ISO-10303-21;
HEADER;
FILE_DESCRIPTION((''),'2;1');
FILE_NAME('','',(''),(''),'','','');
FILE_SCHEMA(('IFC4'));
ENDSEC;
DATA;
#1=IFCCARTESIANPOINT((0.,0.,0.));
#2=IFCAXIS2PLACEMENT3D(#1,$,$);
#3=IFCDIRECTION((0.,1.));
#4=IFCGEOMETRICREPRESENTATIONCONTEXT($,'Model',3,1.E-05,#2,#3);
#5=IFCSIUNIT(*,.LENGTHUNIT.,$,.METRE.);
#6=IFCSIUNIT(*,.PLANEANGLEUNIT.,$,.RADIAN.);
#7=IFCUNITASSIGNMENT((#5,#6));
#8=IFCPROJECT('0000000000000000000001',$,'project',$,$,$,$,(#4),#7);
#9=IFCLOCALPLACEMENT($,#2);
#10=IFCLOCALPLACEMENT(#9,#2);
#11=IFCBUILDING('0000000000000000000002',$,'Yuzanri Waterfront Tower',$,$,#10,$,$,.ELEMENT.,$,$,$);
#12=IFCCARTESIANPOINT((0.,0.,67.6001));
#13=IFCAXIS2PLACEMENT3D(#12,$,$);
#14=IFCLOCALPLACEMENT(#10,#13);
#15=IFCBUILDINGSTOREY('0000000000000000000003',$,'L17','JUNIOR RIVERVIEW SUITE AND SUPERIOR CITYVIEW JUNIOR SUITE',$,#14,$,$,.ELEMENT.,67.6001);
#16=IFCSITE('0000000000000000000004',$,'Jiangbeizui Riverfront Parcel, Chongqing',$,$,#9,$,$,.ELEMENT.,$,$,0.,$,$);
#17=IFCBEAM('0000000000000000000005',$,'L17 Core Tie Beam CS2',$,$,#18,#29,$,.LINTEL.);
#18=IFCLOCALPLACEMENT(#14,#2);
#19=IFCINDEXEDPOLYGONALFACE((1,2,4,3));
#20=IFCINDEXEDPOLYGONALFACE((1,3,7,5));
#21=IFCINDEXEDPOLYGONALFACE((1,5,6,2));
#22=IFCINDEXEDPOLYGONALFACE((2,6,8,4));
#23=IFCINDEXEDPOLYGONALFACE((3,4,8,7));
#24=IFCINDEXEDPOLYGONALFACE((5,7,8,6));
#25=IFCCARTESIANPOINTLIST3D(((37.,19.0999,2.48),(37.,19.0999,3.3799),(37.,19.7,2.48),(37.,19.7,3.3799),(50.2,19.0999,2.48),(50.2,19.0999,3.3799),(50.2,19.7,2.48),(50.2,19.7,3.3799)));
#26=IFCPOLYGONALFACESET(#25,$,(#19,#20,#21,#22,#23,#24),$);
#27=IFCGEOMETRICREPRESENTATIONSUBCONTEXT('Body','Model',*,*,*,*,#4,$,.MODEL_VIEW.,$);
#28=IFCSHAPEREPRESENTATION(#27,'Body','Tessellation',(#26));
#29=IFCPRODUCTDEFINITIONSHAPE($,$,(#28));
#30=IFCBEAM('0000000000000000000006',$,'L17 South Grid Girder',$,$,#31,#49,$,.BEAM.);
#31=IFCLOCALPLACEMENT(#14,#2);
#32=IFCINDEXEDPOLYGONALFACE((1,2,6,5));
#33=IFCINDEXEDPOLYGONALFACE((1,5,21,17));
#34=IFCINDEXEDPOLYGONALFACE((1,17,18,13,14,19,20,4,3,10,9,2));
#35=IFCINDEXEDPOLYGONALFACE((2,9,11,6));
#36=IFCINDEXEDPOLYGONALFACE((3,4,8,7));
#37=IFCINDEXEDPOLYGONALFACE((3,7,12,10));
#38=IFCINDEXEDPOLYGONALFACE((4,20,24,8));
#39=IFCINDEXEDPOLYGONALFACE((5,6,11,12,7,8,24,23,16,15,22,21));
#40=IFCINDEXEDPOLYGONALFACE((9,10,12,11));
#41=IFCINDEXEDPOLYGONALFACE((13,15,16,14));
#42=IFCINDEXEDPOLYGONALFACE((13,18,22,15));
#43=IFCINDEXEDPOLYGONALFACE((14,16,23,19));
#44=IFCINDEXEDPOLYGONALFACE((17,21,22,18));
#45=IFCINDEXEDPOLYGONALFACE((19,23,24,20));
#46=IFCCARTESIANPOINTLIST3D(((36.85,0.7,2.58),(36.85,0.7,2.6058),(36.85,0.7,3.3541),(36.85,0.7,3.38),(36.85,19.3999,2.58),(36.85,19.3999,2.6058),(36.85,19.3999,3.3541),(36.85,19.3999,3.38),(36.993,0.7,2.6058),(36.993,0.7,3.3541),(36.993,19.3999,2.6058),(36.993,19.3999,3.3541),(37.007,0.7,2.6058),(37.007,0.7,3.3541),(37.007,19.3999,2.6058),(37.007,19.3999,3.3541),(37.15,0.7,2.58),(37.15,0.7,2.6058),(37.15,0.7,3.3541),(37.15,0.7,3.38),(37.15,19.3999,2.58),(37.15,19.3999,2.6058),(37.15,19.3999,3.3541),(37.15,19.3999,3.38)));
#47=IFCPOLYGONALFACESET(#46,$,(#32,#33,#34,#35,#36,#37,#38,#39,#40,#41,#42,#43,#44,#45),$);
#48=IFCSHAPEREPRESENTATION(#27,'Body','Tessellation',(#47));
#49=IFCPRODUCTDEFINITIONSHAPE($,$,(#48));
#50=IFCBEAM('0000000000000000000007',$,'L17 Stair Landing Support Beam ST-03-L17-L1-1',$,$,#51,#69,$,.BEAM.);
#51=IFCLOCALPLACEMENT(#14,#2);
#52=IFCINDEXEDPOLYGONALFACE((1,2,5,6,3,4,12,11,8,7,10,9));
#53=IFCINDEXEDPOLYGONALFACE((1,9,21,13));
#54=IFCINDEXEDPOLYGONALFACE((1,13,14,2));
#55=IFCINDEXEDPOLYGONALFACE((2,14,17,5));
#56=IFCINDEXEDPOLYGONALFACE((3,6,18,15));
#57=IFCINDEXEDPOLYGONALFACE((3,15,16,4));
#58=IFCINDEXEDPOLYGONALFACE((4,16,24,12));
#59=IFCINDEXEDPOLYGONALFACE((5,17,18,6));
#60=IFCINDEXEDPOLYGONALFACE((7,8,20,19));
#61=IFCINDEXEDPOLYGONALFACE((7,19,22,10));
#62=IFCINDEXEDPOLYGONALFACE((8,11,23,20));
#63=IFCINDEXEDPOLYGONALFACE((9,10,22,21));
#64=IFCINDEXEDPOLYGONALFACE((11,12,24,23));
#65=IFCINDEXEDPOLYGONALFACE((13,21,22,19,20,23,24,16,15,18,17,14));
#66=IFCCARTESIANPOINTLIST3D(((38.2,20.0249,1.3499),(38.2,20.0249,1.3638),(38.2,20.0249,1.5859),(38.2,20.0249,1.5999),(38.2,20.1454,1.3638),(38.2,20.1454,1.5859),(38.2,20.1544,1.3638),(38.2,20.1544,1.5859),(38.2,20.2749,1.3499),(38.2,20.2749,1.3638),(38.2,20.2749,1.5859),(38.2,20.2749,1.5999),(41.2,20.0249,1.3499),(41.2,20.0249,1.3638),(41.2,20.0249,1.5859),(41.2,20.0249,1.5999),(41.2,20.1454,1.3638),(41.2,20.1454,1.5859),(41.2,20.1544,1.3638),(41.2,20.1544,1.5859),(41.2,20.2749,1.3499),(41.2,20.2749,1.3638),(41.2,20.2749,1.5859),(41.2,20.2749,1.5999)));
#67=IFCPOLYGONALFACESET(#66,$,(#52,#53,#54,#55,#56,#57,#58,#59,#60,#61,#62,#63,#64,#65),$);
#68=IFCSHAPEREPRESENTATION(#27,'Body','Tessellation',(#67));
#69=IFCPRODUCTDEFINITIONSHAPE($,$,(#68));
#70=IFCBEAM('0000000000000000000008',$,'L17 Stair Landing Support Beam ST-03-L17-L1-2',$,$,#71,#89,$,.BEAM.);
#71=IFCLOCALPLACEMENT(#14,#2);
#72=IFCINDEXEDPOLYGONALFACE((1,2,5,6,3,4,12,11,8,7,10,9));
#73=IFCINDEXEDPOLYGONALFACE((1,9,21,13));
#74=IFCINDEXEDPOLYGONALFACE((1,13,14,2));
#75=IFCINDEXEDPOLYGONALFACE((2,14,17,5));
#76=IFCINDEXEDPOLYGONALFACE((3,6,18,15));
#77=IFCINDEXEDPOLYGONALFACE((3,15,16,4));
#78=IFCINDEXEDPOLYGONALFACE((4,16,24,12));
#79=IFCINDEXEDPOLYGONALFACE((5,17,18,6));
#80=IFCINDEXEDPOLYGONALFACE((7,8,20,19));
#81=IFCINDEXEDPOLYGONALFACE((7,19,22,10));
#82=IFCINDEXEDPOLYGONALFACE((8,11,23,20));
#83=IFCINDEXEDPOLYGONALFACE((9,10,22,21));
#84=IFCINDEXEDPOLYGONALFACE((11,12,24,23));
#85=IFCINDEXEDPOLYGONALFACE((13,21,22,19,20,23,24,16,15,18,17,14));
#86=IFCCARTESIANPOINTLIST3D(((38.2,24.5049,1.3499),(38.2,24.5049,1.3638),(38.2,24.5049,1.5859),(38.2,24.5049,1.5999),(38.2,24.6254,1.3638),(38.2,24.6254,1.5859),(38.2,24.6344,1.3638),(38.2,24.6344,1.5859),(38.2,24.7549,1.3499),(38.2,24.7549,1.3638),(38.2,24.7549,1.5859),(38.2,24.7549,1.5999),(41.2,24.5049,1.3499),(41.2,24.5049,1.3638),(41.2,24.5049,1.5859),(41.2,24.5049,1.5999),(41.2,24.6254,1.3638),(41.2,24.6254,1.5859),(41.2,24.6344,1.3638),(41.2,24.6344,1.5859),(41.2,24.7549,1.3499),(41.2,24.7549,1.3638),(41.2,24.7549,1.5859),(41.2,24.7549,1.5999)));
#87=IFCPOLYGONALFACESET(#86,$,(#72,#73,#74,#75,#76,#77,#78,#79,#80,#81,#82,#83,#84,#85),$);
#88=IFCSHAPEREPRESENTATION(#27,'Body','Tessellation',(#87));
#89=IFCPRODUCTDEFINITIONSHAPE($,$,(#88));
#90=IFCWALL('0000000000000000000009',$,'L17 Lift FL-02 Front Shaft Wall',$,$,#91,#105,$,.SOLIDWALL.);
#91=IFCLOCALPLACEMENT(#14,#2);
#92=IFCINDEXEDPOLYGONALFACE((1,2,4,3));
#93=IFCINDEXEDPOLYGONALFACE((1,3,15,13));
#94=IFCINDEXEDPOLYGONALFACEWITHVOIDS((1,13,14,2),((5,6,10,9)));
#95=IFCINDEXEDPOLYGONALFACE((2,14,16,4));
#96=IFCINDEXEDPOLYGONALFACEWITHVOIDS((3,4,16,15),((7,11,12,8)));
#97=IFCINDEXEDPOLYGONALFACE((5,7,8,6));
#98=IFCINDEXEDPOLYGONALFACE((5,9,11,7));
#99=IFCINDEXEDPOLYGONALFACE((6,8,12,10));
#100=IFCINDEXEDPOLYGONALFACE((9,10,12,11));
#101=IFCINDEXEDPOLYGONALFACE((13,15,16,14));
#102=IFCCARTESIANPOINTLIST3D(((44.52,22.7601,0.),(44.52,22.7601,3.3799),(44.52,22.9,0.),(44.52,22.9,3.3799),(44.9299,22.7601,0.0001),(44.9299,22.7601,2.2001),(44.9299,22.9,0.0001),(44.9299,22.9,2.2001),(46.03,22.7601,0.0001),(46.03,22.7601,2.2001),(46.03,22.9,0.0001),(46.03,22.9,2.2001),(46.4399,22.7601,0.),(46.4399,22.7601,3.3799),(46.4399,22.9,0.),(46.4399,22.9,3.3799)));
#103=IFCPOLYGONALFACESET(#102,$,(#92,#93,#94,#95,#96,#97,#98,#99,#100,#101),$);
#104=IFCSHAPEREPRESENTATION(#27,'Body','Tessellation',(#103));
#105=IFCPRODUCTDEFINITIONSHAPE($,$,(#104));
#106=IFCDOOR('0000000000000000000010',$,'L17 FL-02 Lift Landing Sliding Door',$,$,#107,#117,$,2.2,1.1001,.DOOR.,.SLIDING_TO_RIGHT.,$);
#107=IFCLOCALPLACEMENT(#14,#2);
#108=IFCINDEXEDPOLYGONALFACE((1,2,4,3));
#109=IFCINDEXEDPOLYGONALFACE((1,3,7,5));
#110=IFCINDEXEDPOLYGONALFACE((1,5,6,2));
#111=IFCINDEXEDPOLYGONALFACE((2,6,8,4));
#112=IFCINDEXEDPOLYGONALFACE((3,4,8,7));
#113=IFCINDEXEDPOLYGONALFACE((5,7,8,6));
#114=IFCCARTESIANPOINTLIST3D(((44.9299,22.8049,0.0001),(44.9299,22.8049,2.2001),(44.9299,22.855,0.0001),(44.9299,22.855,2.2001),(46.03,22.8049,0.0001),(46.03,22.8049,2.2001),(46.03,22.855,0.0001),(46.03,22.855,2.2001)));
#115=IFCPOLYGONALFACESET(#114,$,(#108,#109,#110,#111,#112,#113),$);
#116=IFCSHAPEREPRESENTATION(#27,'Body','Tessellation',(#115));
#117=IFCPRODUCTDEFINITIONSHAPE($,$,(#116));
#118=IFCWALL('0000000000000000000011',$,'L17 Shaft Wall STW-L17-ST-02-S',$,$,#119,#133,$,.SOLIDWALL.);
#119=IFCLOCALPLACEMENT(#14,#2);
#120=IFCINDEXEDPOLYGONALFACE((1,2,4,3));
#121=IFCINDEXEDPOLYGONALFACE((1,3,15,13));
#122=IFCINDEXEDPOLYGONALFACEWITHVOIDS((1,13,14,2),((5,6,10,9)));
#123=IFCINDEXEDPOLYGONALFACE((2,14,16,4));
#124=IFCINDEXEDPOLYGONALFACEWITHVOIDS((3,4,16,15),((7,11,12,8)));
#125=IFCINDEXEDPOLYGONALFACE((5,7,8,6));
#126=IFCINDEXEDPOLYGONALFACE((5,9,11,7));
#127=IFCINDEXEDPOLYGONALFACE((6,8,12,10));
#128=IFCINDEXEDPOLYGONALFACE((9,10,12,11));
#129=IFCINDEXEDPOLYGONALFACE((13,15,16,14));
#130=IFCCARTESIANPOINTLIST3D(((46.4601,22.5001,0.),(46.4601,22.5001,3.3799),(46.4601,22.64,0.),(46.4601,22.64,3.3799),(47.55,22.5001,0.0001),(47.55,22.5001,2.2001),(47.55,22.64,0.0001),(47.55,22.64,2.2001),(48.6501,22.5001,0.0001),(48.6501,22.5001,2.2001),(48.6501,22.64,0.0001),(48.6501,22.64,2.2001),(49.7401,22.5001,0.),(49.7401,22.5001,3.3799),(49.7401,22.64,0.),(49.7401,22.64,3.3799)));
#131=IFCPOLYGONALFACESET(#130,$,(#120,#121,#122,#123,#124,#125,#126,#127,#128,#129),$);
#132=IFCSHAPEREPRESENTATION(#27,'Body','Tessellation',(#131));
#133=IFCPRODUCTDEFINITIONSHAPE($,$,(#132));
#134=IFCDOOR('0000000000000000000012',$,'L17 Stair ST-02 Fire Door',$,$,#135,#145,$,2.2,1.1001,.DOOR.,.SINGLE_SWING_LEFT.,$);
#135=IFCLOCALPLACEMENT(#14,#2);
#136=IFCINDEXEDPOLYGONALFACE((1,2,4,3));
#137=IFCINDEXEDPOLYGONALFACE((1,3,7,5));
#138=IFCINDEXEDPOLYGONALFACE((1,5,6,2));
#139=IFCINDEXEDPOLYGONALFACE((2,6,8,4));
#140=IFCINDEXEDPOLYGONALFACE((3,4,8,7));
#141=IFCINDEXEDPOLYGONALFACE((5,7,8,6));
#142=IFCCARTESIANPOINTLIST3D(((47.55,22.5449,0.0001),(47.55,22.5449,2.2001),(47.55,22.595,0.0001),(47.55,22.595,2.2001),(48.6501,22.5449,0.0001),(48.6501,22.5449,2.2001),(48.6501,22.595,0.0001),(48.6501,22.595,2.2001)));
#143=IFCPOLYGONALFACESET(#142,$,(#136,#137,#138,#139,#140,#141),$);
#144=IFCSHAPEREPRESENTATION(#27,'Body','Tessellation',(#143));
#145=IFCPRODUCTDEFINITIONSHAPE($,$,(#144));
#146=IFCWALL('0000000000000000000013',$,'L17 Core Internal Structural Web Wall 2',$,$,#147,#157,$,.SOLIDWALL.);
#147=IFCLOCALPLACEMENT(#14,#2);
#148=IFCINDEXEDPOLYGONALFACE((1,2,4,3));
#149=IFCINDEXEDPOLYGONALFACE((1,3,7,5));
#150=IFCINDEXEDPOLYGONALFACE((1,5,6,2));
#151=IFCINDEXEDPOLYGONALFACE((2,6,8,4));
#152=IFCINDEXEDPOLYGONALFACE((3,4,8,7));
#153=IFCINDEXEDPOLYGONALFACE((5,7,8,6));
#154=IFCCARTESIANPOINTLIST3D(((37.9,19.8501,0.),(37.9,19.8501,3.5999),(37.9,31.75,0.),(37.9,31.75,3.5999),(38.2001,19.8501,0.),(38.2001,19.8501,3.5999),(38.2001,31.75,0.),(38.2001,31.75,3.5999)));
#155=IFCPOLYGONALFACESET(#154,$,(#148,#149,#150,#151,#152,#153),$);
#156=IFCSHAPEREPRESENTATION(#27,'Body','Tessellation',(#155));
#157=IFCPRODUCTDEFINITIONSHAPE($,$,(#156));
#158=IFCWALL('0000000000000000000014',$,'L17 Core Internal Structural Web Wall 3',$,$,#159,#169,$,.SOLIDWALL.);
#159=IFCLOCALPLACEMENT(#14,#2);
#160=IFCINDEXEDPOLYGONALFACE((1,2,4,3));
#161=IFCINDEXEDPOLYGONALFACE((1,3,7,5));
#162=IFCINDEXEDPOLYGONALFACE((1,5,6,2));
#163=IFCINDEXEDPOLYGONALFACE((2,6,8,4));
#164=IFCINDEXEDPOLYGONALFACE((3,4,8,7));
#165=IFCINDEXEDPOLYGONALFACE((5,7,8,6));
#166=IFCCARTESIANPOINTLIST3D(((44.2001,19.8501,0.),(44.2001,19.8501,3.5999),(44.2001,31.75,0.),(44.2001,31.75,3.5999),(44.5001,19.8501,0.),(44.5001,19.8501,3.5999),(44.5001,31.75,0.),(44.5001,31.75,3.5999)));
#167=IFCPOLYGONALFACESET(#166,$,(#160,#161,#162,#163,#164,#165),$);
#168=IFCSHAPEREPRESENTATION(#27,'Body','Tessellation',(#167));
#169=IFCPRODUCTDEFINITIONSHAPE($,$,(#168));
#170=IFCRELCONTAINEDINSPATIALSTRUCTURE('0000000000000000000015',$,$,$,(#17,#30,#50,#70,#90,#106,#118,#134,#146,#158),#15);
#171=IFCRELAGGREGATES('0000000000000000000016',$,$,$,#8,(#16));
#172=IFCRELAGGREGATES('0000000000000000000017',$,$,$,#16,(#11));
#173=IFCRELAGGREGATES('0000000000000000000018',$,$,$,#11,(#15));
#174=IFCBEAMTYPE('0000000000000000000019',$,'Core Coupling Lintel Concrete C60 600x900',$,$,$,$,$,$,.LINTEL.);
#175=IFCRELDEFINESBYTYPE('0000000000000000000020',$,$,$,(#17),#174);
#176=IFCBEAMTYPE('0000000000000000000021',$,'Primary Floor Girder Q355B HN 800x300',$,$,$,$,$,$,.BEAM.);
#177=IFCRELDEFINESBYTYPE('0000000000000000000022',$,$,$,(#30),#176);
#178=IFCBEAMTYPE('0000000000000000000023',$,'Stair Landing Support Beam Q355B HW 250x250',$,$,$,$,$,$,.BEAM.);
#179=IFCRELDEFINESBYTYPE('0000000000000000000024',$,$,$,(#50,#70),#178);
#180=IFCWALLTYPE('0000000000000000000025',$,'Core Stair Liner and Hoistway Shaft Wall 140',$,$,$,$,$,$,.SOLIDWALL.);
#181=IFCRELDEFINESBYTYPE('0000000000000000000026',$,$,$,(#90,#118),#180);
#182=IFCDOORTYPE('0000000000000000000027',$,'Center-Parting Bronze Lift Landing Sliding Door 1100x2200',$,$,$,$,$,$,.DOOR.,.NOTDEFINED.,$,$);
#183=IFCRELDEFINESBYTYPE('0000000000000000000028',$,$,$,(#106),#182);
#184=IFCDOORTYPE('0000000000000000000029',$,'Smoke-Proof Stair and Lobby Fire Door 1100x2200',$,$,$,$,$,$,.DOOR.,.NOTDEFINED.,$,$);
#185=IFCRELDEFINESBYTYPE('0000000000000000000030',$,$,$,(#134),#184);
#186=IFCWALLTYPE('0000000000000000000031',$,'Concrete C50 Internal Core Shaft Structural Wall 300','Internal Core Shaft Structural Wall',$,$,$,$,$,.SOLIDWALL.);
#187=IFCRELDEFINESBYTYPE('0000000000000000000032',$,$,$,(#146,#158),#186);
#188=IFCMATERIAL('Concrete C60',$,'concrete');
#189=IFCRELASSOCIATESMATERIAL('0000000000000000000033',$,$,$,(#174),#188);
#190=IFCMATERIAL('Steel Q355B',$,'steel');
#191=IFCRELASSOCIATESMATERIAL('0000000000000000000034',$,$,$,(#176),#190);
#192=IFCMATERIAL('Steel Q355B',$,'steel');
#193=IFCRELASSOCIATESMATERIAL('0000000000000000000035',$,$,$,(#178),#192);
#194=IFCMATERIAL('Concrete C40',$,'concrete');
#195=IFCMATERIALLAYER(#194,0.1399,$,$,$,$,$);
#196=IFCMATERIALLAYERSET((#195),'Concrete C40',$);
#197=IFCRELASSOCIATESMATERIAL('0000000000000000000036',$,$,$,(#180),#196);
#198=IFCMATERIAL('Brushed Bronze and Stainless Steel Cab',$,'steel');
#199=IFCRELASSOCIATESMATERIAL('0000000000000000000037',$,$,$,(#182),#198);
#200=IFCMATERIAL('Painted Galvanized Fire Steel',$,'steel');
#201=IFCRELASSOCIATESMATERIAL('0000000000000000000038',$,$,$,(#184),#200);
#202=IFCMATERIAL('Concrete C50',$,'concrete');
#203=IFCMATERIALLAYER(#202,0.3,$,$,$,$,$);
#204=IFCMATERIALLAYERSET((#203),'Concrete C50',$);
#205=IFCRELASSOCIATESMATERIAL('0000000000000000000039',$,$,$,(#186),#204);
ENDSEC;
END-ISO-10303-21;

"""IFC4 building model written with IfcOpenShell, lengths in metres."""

from ifc_helpers import new_model, si_unit, direction, frame, frame_2d, origin, origin_2d, place, context, subcontext, project, spatial, rectangle, i_section, extrude, source, transform, mapped, material, layer, layer_set, material_profile, profile_set, type_object, element, fill, save


model = new_model("IFC4")

# Units and contexts
model_context = context("Model", 3, precision=1e-05, world=origin(), true_north=direction((0.0, 1.0)))
body_context = subcontext(model_context, "Body", "Model", "MODEL_VIEW")
ifc_project = project(units=[si_unit("LENGTHUNIT", "METRE"), si_unit("PLANEANGLEUNIT", "RADIAN")], contexts=[model_context])

# Site, building, storey
site_placement = place(None, origin())
site = spatial("IfcSite", under=ifc_project, at=site_placement, Name="Jiangbeizui Riverfront Parcel, Chongqing", CompositionType="ELEMENT", RefElevation=0.0)
building_placement = place(site_placement, origin())
building = spatial("IfcBuilding", under=site, at=building_placement, Name="Yuzanri Waterfront Tower", CompositionType="ELEMENT")
storey_placement = place(building_placement, frame((0.0, 0.0, 67.6001)))
storey = spatial("IfcBuildingStorey", under=building, at=storey_placement, Name="L17", Description="JUNIOR RIVERVIEW SUITE AND SUPERIOR CITYVIEW JUNIOR SUITE", CompositionType="ELEMENT", Elevation=67.6001)

# Beams
ifc_material_1 = material(Name="Concrete C60", Category="concrete")
ifc_material_profile_1 = material_profile(ifc_material_1, rectangle(XDim=0.6001, YDim=0.8999, at=origin_2d()), Name="RC 600x900")
ifc_profile_set_1 = profile_set([ifc_material_profile_1], Name="Concrete C60")
beam_type_1 = type_object("IfcBeamType", Name="Core Coupling Lintel Concrete C60 600x900", PredefinedType="LINTEL", material=ifc_profile_set_1)
shared_shape_1 = source(origin(), body_context, "Body", "SweptSolid", [
    extrude(rectangle(XDim=0.6001, YDim=0.8999, at=origin_2d()), origin(), (0.0, 0.0, 1.0), 13.2),
])
beam_1_placement = place(storey_placement, frame((37.0, 19.3999, 2.9299), z_axis=(1.0, 0.0, 0.0), x_axis=(0.0, 1.0, 0.0)))
element("IfcBeam", 1, at=beam_1_placement, inside=storey, type_object=beam_type_1, Name="L17 Core Tie Beam CS2", PredefinedType="LINTEL", context=body_context, shape_type="MappedRepresentation", body=[
    mapped(shared_shape_1, transform((0.0, 0.0, 0.0), scale=1.0)),
])
ifc_material_2 = material(Name="Steel Q355B", Category="steel")
ifc_material_profile_2 = material_profile(ifc_material_2, i_section(OverallWidth=0.3, OverallDepth=0.8, WebThickness=0.0139, FlangeThickness=0.0259, at=origin_2d()), Name="HN 800x300x14x26")
ifc_profile_set_2 = profile_set([ifc_material_profile_2], Name="Steel Q355B")
beam_type_2 = type_object("IfcBeamType", Name="Primary Floor Girder Q355B HN 800x300", PredefinedType="BEAM", material=ifc_profile_set_2)
shared_shape_2 = source(origin(), body_context, "Body", "SweptSolid", [
    extrude(i_section(OverallWidth=0.3, OverallDepth=0.8, WebThickness=0.0139, FlangeThickness=0.0259, at=origin_2d()), origin(), (0.0, 0.0, 1.0), 18.7),
])
beam_2_placement = place(storey_placement, frame((37.0, 19.3999, 2.98), z_axis=(0.0, -1.0, 0.0), x_axis=(1.0, 0.0, 0.0)))
element("IfcBeam", 2, at=beam_2_placement, inside=storey, type_object=beam_type_2, Name="L17 South Grid Girder", PredefinedType="BEAM", context=body_context, shape_type="MappedRepresentation", body=[
    mapped(shared_shape_2, transform((0.0, 0.0, 0.0), scale=1.0)),
])
ifc_material_3 = material(Name="Steel Q355B", Category="steel")
ifc_material_profile_3 = material_profile(ifc_material_3, i_section(OverallWidth=0.25, OverallDepth=0.25, WebThickness=0.009, FlangeThickness=0.0139, at=origin_2d()), Name="HW 250x250x9x14")
ifc_profile_set_3 = profile_set([ifc_material_profile_3], Name="Steel Q355B")
beam_type_3 = type_object("IfcBeamType", Name="Stair Landing Support Beam Q355B HW 250x250", PredefinedType="BEAM", material=ifc_profile_set_3)
shared_shape_3 = source(origin(), body_context, "Body", "SweptSolid", [
    extrude(i_section(OverallWidth=0.25, OverallDepth=0.25, WebThickness=0.009, FlangeThickness=0.0139, at=origin_2d()), origin(), (0.0, 0.0, 1.0), 3.0),
])
for number, where, z_axis, x_axis, name in (
    (3, (38.2, 20.1499, 1.4749), (1.0, 0.0, 0.0), (0.0, 1.0, 0.0), "L17 Stair Landing Support Beam ST-03-L17-L1-1"),
    (4, (38.2, 24.6299, 1.4749), (1.0, 0.0, 0.0), (0.0, 1.0, 0.0), "L17 Stair Landing Support Beam ST-03-L17-L1-2"),
):
    element("IfcBeam", number, at=place(storey_placement, frame(where, z_axis=z_axis, x_axis=x_axis)), inside=storey, type_object=beam_type_3, Name=name, PredefinedType="BEAM", context=body_context, shape_type="MappedRepresentation", body=[
        mapped(shared_shape_3, transform((0.0, 0.0, 0.0), scale=1.0)),
    ])

# Walls, openings, doors
ifc_material_4 = material(Name="Concrete C40", Category="concrete")
ifc_layer_1 = layer(ifc_material_4, 0.1399)
ifc_layer_set_1 = layer_set([ifc_layer_1], Name="Concrete C40")
wall_type_1 = type_object("IfcWallType", Name="Core Stair Liner and Hoistway Shaft Wall 140", PredefinedType="SOLIDWALL", material=ifc_layer_set_1)
wall_1_placement = place(storey_placement, frame((44.52, 22.8301, 0.0), z_axis=(0.0, 0.0, 1.0), x_axis=(1.0, 0.0, 0.0)))
wall_1 = element("IfcWall", 5, at=wall_1_placement, inside=storey, type_object=wall_type_1, Name="L17 Lift FL-02 Front Shaft Wall", PredefinedType="SOLIDWALL", context=body_context, shape_type="SweptSolid", body=[
    extrude(rectangle(XDim=1.9199, YDim=0.1399, at=frame_2d((0.96, 0.0))), origin(), (0.0, 0.0, 1.0), 3.3799),
])
opening_1_placement = place(wall_1_placement, frame((0.4099, 0.0, 0.0)))
opening_1 = element("IfcOpeningElement", 6, at=opening_1_placement, cuts=wall_1, PredefinedType="OPENING", context=body_context, shape_type="SweptSolid", body=[
    extrude(rectangle(XDim=1.1001, YDim=2.2, at=frame_2d((0.55, 1.1001))), frame((0.0, 0.085, 0.0), z_axis=(0.0, -1.0, 0.0), x_axis=(1.0, 0.0, 0.0)), (0.0, 0.0, 1.0), 0.1697),
])
ifc_material_5 = material(Name="Brushed Bronze and Stainless Steel Cab", Category="steel")
door_type_1 = type_object("IfcDoorType", Name="Center-Parting Bronze Lift Landing Sliding Door 1100x2200", OperationType="NOTDEFINED", PredefinedType="DOOR", material=ifc_material_5)
shared_shape_4 = source(origin(), body_context, "Body", "SweptSolid", [
    extrude(rectangle(XDim=1.1001, YDim=2.2, at=frame_2d((0.55, 1.1001))), frame((0.0, 0.0249, 0.0), z_axis=(0.0, -1.0, 0.0), x_axis=(1.0, 0.0, 0.0)), (0.0, 0.0, 1.0), 0.05),
])
door_1_placement = place(opening_1_placement, origin())
door_1 = element("IfcDoor", 7, at=door_1_placement, inside=storey, type_object=door_type_1, Name="L17 FL-02 Lift Landing Sliding Door", OperationType="SLIDING_TO_RIGHT", OverallHeight=2.2, OverallWidth=1.1001, PredefinedType="DOOR", context=body_context, shape_type="MappedRepresentation", body=[
    mapped(shared_shape_4, transform((0.0, 0.0, 0.0), scale=1.0)),
])
fill(opening_1, door_1)
wall_2_placement = place(storey_placement, frame((46.46, 22.5701, 0.0), z_axis=(0.0, 0.0, 1.0), x_axis=(1.0, 0.0, 0.0)))
wall_2 = element("IfcWall", 8, at=wall_2_placement, inside=storey, type_object=wall_type_1, Name="L17 Shaft Wall STW-L17-ST-02-S", PredefinedType="SOLIDWALL", context=body_context, shape_type="SweptSolid", body=[
    extrude(rectangle(XDim=3.28, YDim=0.1399, at=frame_2d((1.6401, 0.0))), origin(), (0.0, 0.0, 1.0), 3.3799),
])
opening_2_placement = place(wall_2_placement, frame((1.0901, 0.0, 0.0)))
opening_2 = element("IfcOpeningElement", 9, at=opening_2_placement, cuts=wall_2, PredefinedType="OPENING", context=body_context, shape_type="SweptSolid", body=[
    extrude(rectangle(XDim=1.1001, YDim=2.2, at=frame_2d((0.55, 1.1001))), frame((0.0, 0.085, 0.0), z_axis=(0.0, -1.0, 0.0), x_axis=(1.0, 0.0, 0.0)), (0.0, 0.0, 1.0), 0.1697),
])
ifc_material_6 = material(Name="Painted Galvanized Fire Steel", Category="steel")
door_type_2 = type_object("IfcDoorType", Name="Smoke-Proof Stair and Lobby Fire Door 1100x2200", OperationType="NOTDEFINED", PredefinedType="DOOR", material=ifc_material_6)
shared_shape_5 = source(origin(), body_context, "Body", "SweptSolid", [
    extrude(rectangle(XDim=1.1001, YDim=2.2, at=frame_2d((0.55, 1.1001))), frame((0.0, 0.0249, 0.0), z_axis=(0.0, -1.0, 0.0), x_axis=(1.0, 0.0, 0.0)), (0.0, 0.0, 1.0), 0.05),
])
door_2_placement = place(opening_2_placement, origin())
door_2 = element("IfcDoor", 10, at=door_2_placement, inside=storey, type_object=door_type_2, Name="L17 Stair ST-02 Fire Door", OperationType="SINGLE_SWING_LEFT", OverallHeight=2.2, OverallWidth=1.1001, PredefinedType="DOOR", context=body_context, shape_type="MappedRepresentation", body=[
    mapped(shared_shape_5, transform((0.0, 0.0, 0.0), scale=1.0)),
])
fill(opening_2, door_2)

# Walls
ifc_material_7 = material(Name="Concrete C50", Category="concrete")
ifc_layer_2 = layer(ifc_material_7, 0.3)
ifc_layer_set_2 = layer_set([ifc_layer_2], Name="Concrete C50")
wall_type_2 = type_object("IfcWallType", Name="Concrete C50 Internal Core Shaft Structural Wall 300", Description="Internal Core Shaft Structural Wall", PredefinedType="SOLIDWALL", material=ifc_layer_set_2)
shared_shape_6 = source(origin(), body_context, "Body", "SweptSolid", [
    extrude(rectangle(XDim=11.8999, YDim=0.3, at=frame_2d((5.95, 0.0))), origin(), (0.0, 0.0, 1.0), 3.5999),
])
for number, where, z_axis, x_axis, name in (
    (11, (38.05, 19.8501, 0.0), (0.0, 0.0, 1.0), (0.0, 1.0, 0.0), "L17 Core Internal Structural Web Wall 2"),
    (12, (44.3501, 19.8501, 0.0), (0.0, 0.0, 1.0), (0.0, 1.0, 0.0), "L17 Core Internal Structural Web Wall 3"),
):
    element("IfcWall", number, at=place(storey_placement, frame(where, z_axis=z_axis, x_axis=x_axis)), inside=storey, type_object=wall_type_2, Name=name, PredefinedType="SOLIDWALL", context=body_context, shape_type="MappedRepresentation", body=[
        mapped(shared_shape_6, transform((0.0, 0.0, 0.0), scale=1.0)),
    ])

save(model, "model.ifc")
